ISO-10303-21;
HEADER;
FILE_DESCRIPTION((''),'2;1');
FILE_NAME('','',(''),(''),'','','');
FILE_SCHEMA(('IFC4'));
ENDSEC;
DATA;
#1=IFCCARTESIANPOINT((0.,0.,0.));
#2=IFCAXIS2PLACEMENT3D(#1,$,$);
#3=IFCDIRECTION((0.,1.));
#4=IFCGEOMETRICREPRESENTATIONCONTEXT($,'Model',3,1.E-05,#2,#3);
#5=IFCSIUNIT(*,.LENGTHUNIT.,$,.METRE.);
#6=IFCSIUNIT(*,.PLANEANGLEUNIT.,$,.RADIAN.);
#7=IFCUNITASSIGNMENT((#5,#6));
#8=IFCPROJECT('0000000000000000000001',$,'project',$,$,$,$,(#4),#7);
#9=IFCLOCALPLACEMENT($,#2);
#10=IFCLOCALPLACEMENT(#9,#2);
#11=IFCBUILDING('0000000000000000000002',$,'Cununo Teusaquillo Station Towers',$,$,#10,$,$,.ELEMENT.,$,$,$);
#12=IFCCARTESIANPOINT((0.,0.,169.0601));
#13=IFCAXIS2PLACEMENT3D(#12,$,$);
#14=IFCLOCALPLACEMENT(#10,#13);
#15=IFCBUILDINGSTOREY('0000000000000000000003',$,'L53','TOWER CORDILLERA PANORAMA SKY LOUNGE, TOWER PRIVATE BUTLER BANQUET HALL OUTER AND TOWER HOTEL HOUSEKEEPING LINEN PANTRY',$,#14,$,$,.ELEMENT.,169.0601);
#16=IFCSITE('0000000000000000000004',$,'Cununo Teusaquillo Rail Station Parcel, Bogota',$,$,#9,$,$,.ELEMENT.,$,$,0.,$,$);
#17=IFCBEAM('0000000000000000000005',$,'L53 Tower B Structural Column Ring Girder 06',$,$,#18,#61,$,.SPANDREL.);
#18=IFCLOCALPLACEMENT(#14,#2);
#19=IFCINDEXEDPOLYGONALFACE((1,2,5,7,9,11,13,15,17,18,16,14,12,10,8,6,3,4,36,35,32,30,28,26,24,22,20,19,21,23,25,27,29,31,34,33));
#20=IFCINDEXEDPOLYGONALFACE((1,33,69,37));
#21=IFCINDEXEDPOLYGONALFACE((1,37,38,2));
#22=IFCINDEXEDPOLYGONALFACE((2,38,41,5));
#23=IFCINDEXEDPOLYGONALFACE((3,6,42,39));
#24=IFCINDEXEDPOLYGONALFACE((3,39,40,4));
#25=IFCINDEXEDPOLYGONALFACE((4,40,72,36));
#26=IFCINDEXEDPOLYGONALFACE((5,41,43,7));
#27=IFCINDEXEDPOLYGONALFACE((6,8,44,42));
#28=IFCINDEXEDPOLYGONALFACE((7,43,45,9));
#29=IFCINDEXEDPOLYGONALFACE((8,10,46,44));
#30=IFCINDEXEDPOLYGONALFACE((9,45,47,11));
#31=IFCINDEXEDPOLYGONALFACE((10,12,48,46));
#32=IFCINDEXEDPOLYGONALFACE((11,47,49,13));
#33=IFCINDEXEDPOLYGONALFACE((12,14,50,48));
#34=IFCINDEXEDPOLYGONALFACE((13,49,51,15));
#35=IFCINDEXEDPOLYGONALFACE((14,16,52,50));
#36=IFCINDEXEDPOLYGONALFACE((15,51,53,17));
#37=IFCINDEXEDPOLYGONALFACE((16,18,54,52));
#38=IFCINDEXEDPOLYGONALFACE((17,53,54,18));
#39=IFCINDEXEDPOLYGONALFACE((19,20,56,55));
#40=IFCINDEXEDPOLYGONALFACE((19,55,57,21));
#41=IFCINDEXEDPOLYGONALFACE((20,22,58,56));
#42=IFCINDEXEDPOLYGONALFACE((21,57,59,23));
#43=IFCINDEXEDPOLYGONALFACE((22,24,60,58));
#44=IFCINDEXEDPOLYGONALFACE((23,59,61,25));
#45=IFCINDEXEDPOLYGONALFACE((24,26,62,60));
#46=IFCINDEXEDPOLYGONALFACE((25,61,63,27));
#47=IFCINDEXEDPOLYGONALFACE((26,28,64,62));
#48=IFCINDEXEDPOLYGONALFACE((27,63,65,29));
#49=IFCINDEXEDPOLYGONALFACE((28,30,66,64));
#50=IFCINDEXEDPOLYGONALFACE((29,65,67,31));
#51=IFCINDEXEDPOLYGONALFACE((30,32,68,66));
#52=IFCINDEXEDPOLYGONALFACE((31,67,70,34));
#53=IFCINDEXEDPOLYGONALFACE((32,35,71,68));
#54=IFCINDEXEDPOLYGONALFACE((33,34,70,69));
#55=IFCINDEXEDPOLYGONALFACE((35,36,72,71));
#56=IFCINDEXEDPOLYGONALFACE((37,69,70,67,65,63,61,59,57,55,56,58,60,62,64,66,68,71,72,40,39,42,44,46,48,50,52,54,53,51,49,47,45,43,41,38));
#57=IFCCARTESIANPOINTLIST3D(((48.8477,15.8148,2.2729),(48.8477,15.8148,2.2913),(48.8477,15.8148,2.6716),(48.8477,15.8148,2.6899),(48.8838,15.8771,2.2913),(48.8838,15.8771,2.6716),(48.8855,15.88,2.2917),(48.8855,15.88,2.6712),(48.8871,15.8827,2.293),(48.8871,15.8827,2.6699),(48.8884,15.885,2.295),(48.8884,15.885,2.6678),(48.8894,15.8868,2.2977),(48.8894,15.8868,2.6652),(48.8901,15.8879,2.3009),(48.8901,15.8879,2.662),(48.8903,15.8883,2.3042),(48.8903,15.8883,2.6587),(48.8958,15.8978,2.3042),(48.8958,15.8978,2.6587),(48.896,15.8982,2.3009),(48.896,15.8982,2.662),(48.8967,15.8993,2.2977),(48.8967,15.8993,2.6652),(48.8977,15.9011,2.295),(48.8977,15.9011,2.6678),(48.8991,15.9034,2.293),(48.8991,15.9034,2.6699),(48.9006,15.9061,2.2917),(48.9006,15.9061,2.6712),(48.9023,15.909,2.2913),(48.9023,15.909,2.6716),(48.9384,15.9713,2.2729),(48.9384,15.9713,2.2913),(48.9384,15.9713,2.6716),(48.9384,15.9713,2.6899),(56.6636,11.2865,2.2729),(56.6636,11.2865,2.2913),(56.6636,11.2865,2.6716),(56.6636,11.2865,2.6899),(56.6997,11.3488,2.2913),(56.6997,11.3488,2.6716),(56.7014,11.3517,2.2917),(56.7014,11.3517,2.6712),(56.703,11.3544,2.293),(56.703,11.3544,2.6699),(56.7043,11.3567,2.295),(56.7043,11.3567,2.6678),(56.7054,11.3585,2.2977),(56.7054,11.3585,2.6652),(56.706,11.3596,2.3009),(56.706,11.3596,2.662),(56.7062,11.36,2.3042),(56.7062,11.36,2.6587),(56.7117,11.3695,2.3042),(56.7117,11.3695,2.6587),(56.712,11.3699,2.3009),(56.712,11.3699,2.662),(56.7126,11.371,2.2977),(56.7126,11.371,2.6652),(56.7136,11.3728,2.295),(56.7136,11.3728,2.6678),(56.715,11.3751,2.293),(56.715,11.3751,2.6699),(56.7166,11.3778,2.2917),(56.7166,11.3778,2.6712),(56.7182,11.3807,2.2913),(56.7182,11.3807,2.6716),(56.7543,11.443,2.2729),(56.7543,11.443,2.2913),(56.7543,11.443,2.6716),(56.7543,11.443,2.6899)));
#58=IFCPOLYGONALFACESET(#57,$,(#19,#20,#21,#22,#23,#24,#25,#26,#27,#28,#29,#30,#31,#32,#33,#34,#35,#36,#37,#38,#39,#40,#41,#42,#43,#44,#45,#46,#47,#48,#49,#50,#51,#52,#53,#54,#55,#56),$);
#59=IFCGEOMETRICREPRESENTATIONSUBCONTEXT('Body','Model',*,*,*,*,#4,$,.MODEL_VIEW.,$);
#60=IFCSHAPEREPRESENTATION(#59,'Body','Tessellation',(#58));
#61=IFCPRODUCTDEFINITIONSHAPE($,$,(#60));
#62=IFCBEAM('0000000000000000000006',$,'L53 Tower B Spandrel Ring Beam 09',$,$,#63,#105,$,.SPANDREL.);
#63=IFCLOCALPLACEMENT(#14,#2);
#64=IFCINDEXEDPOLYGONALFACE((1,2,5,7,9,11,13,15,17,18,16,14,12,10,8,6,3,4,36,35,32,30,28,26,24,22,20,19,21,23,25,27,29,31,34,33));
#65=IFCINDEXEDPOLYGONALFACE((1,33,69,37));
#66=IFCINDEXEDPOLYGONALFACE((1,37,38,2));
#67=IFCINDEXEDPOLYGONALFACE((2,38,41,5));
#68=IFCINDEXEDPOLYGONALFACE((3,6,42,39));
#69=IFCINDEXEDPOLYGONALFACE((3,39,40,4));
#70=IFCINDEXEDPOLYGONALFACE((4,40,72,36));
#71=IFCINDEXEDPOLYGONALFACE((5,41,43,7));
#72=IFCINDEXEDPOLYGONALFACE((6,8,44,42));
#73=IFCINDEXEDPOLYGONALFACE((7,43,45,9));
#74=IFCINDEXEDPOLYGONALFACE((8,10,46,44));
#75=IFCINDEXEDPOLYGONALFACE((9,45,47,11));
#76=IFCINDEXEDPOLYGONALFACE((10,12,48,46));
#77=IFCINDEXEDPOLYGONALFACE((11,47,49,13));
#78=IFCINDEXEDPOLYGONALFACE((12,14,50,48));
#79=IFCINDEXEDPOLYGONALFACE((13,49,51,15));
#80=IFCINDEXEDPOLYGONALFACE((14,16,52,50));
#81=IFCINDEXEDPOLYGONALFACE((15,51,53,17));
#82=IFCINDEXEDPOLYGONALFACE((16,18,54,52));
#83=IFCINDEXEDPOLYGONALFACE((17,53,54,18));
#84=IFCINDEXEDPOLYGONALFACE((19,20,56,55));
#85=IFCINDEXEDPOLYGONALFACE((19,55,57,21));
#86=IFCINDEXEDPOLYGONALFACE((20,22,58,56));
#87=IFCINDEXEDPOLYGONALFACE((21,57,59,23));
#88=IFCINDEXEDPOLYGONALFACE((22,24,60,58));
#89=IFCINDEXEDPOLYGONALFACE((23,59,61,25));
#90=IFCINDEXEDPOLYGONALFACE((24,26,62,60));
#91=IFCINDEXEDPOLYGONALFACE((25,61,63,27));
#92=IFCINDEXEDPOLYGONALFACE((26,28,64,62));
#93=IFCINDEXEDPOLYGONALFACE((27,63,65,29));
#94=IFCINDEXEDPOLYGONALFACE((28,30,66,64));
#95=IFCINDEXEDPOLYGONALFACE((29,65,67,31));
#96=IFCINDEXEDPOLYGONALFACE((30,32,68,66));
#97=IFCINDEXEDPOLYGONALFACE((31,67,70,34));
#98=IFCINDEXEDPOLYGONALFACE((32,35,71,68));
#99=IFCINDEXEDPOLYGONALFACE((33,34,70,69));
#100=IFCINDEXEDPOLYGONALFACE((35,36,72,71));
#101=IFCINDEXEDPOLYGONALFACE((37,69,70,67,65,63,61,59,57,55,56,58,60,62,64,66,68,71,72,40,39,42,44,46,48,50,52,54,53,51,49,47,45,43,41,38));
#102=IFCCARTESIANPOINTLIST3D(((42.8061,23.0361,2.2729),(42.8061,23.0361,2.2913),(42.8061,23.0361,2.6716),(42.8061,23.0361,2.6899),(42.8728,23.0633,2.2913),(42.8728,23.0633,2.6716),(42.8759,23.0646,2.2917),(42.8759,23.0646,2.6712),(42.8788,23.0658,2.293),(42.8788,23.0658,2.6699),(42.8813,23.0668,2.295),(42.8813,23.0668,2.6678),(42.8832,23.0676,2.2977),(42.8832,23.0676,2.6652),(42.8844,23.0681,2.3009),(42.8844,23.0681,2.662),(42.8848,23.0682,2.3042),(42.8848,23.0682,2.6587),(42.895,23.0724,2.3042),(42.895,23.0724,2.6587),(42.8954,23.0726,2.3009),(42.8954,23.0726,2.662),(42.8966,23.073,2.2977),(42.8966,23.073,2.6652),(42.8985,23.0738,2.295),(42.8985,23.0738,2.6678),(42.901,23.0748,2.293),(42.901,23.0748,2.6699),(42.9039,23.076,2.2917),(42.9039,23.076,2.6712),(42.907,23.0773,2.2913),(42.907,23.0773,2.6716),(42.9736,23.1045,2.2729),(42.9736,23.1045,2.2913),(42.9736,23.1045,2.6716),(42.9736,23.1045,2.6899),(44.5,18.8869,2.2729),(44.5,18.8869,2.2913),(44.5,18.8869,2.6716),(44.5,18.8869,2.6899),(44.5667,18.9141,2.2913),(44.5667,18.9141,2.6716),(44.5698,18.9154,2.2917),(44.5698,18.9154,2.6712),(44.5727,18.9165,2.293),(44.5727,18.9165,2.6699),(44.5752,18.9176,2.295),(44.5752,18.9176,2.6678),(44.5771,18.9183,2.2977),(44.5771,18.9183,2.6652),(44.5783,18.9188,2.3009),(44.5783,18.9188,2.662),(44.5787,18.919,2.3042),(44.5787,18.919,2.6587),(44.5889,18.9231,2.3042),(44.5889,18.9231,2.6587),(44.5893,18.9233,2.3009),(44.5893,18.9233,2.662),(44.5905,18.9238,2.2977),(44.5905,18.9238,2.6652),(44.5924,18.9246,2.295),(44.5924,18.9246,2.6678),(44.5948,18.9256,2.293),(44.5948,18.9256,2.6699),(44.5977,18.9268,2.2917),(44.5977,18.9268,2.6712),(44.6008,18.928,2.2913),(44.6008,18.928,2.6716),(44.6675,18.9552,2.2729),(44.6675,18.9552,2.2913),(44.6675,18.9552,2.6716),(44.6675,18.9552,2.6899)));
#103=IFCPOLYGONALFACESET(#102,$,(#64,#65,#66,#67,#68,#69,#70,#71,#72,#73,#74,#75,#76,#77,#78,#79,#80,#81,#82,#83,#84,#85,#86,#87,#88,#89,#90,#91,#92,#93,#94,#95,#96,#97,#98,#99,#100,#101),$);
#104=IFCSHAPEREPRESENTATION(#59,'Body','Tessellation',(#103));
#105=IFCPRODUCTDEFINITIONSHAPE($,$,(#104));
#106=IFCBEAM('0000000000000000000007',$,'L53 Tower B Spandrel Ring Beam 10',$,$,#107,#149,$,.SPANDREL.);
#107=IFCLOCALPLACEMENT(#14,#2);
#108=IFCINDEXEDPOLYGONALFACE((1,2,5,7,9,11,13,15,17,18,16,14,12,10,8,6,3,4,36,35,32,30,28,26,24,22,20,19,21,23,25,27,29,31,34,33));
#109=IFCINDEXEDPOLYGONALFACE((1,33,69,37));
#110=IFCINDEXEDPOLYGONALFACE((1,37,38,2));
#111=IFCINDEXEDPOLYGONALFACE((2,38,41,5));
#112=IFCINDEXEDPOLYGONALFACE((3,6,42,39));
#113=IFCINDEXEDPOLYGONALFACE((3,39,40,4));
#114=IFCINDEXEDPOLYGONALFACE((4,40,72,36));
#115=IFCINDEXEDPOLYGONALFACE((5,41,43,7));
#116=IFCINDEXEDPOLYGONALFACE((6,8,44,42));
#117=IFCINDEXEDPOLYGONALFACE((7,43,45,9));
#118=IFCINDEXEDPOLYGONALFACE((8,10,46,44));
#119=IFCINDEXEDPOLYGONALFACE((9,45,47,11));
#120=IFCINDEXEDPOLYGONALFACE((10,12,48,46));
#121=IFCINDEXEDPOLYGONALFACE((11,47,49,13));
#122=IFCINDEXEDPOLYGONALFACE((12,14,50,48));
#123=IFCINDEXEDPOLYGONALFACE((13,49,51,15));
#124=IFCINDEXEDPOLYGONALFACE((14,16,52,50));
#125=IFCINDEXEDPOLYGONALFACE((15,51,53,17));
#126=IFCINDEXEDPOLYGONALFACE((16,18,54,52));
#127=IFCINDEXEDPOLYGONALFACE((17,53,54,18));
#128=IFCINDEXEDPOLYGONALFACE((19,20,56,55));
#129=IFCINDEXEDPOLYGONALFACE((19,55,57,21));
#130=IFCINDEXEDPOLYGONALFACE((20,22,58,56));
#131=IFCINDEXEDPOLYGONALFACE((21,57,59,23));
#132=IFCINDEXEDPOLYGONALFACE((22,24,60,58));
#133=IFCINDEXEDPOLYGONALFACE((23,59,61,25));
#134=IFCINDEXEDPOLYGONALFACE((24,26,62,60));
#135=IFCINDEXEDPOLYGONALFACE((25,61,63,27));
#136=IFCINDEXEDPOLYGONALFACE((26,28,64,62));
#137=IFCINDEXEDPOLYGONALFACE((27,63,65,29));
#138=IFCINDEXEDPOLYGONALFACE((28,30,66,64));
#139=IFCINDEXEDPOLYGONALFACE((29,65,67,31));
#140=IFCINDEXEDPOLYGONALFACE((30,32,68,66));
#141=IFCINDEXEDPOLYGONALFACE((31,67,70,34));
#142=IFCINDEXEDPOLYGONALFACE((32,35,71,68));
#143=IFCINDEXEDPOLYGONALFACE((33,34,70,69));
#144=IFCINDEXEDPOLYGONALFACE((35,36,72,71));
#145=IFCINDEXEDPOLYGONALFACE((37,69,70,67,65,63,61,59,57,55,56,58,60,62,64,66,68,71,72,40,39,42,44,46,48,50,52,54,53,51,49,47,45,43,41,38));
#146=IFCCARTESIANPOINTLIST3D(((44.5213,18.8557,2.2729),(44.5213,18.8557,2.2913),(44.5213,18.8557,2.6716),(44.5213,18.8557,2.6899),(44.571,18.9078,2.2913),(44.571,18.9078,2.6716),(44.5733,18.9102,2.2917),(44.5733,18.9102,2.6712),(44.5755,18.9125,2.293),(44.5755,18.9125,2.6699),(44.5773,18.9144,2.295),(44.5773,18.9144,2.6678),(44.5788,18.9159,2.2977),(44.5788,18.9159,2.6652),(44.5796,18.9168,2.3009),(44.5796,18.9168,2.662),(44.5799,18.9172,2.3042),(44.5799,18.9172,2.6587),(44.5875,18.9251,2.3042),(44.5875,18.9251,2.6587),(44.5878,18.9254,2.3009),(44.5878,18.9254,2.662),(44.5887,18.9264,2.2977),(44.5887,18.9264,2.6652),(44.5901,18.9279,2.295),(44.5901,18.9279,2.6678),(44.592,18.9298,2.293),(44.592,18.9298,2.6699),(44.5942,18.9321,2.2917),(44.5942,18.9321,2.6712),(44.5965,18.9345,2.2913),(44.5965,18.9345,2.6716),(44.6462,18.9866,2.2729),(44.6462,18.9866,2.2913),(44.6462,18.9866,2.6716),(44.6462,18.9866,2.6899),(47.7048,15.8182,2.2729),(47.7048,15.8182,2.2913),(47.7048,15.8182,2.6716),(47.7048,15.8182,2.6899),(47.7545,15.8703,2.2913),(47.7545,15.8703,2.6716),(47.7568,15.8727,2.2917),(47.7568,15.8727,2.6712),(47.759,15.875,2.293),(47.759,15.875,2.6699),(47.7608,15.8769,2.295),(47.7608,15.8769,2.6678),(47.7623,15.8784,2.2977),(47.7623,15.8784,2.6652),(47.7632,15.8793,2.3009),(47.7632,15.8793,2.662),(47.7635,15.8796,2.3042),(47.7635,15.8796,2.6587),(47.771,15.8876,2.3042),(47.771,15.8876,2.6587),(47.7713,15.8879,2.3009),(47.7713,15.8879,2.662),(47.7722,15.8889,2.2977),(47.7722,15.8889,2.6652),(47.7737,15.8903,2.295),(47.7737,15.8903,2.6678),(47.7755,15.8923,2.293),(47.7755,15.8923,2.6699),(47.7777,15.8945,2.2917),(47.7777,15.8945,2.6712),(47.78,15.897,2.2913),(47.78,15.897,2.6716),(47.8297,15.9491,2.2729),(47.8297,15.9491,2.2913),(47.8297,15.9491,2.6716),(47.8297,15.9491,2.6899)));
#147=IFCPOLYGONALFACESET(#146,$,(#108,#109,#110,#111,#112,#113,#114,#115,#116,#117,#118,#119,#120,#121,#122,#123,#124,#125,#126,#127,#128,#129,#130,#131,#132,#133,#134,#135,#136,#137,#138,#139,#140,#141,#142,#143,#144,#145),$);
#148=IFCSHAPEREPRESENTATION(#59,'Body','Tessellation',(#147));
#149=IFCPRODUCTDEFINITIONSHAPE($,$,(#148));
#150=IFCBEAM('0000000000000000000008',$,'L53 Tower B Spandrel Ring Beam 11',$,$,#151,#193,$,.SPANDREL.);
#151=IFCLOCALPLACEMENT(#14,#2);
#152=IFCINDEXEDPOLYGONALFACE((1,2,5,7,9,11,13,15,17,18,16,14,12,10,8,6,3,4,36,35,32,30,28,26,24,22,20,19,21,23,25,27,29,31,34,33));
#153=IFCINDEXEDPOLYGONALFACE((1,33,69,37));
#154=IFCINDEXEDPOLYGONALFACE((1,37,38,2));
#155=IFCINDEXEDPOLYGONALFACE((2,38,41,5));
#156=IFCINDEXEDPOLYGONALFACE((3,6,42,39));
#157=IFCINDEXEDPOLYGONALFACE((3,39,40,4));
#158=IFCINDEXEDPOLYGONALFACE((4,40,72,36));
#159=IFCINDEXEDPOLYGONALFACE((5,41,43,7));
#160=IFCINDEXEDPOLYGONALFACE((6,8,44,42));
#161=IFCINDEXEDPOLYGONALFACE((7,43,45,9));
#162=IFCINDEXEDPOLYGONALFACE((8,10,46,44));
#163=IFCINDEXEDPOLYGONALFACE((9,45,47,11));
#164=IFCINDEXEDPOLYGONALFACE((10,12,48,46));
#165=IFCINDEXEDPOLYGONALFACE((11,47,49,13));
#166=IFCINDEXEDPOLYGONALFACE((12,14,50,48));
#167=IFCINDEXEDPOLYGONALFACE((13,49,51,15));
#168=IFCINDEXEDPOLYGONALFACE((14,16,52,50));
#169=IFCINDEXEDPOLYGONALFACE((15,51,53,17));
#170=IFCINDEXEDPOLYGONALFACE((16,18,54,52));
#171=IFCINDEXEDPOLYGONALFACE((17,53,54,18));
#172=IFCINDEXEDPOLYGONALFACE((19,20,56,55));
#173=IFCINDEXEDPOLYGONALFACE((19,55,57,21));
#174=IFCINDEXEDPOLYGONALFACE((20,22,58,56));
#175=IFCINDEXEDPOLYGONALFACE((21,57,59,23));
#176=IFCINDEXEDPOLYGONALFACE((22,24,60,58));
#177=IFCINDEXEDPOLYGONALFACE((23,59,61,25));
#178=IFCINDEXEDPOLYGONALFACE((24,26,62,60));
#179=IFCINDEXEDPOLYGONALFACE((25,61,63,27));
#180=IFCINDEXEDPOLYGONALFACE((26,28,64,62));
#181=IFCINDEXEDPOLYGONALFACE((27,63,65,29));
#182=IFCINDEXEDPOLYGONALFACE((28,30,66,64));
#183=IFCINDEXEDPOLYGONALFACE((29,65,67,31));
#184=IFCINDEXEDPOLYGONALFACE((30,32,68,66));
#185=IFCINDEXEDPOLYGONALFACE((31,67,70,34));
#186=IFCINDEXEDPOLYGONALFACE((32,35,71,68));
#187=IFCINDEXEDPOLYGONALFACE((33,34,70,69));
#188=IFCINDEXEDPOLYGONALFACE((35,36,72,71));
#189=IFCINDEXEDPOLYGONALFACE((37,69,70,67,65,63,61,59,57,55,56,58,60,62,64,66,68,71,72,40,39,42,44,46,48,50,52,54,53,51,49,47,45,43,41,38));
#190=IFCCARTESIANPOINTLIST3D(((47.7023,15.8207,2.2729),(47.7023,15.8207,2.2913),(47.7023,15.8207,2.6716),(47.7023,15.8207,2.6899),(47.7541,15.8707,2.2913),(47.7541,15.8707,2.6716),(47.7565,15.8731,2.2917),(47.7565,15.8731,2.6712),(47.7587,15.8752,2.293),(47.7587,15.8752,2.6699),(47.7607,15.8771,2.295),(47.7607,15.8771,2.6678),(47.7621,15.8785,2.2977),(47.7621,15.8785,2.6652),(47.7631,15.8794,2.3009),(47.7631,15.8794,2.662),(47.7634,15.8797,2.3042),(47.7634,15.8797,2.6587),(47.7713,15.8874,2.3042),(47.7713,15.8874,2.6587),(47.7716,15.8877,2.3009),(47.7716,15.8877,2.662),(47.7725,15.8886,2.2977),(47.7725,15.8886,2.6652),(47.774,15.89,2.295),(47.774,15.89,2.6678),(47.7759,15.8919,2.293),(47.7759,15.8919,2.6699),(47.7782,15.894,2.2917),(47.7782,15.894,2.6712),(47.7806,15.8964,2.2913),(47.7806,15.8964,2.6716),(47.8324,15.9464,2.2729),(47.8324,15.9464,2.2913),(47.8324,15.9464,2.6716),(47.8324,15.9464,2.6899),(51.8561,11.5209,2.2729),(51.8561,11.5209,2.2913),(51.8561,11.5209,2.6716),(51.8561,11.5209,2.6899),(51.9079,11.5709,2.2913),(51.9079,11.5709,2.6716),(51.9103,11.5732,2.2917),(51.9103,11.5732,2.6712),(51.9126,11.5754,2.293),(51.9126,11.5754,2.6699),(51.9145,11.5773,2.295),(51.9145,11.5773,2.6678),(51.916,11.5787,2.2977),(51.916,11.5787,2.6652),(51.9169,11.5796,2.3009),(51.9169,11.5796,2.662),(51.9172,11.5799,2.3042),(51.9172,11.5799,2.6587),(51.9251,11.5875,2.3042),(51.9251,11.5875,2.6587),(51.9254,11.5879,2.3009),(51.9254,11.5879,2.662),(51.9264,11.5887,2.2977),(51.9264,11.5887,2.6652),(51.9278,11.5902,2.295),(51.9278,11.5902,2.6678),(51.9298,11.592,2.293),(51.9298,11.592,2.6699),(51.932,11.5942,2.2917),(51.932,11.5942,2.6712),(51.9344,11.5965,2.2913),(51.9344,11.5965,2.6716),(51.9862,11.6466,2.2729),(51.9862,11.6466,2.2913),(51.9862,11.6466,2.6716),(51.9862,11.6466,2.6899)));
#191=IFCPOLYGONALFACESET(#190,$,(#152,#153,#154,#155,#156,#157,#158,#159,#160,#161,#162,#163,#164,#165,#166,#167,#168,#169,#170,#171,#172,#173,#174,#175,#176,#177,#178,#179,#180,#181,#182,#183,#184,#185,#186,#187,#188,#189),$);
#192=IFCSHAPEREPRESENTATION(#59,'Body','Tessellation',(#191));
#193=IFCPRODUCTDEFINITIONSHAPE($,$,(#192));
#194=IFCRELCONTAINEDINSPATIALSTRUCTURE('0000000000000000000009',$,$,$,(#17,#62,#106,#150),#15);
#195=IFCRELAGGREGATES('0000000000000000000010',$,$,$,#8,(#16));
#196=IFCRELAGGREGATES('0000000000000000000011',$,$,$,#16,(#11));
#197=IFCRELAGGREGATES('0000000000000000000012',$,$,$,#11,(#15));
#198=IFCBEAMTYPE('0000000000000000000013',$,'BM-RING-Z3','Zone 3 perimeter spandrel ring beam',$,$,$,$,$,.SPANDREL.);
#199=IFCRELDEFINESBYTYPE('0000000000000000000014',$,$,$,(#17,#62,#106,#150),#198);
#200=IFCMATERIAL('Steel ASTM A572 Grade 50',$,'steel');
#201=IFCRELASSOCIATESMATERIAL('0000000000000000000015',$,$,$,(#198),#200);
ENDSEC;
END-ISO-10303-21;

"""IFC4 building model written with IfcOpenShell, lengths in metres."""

from ifc_helpers import new_model, si_unit, direction, frame, origin, origin_2d, place, context, subcontext, project, spatial, i_section, extrude, material, material_profile, profile_set, type_object, element, save


model = new_model("IFC4")

# Units and contexts
model_context = context("Model", 3, precision=1e-05, world=origin(), true_north=direction((0.0, 1.0)))
body_context = subcontext(model_context, "Body", "Model", "MODEL_VIEW")
ifc_project = project(units=[si_unit("LENGTHUNIT", "METRE"), si_unit("PLANEANGLEUNIT", "RADIAN")], contexts=[model_context])

# Site, building, storey
site_placement = place(None, origin())
site = spatial("IfcSite", under=ifc_project, at=site_placement, Name="Cununo Teusaquillo Rail Station Parcel, Bogota", CompositionType="ELEMENT", RefElevation=0.0)
building_placement = place(site_placement, origin())
building = spatial("IfcBuilding", under=site, at=building_placement, Name="Cununo Teusaquillo Station Towers", CompositionType="ELEMENT")
storey_placement = place(building_placement, frame((0.0, 0.0, 169.0601)))
storey = spatial("IfcBuildingStorey", under=building, at=storey_placement, Name="L53", Description="TOWER CORDILLERA PANORAMA SKY LOUNGE, TOWER PRIVATE BUTLER BANQUET HALL OUTER AND TOWER HOTEL HOUSEKEEPING LINEN PANTRY", CompositionType="ELEMENT", Elevation=169.0601)

# Beams
ifc_material_1 = material(Name="Steel ASTM A572 Grade 50", Category="steel")
ifc_material_profile_1 = material_profile(ifc_material_1, i_section(OverallWidth=0.1809, OverallDepth=0.417, WebThickness=0.011, FlangeThickness=0.0183, FilletRadius=0.0129, at=origin_2d()), Name="W16X57")
ifc_profile_set_1 = profile_set([ifc_material_profile_1], Name="Steel ASTM A572 Grade 50")
beam_type_1 = type_object("IfcBeamType", Name="BM-RING-Z3", Description="Zone 3 perimeter spandrel ring beam", PredefinedType="SPANDREL", material=ifc_profile_set_1)
for number, where, z_axis, x_axis, name in (
    (1, (48.8931, 15.8931, 2.4814), (0.865267, -0.501311, 0.0), (0.501311, 0.865267, 0.0), "L53 Tower B Structural Column Ring Girder 06"),
):
    element("IfcBeam", number, at=place(storey_placement, frame(where, z_axis=z_axis, x_axis=x_axis)), inside=storey, type_object=beam_type_1, Name=name, PredefinedType="SPANDREL", context=body_context, shape_type="SweptSolid", body=[
        extrude(i_section(OverallWidth=0.1809, OverallDepth=0.417, WebThickness=0.011, FlangeThickness=0.0183, FilletRadius=0.0129, at=origin_2d()), origin(), (0.0, 0.0, 1.0), 9.033),
    ])
beam_1_placement = place(storey_placement, frame((42.8899, 23.0703, 2.4814), z_axis=(0.377956, -0.925824, 0.0), x_axis=(0.925824, 0.377956, 0.0)))
element("IfcBeam", 2, at=beam_1_placement, inside=storey, type_object=beam_type_1, Name="L53 Tower B Spandrel Ring Beam 09", PredefinedType="SPANDREL", context=body_context, shape_type="SweptSolid", body=[
    extrude(i_section(OverallWidth=0.1809, OverallDepth=0.417, WebThickness=0.011, FlangeThickness=0.0183, FilletRadius=0.0129, at=origin_2d()), origin(), (0.0, 0.0, 1.0), 4.4817),
])
beam_2_placement = place(storey_placement, frame((44.5837, 18.9211, 2.4814), z_axis=(0.723502, -0.690323, 0.0), x_axis=(0.690323, 0.723502, 0.0)))
element("IfcBeam", 3, at=beam_2_placement, inside=storey, type_object=beam_type_1, Name="L53 Tower B Spandrel Ring Beam 10", PredefinedType="SPANDREL", context=body_context, shape_type="SweptSolid", body=[
    extrude(i_section(OverallWidth=0.1809, OverallDepth=0.417, WebThickness=0.011, FlangeThickness=0.0183, FilletRadius=0.0129, at=origin_2d()), origin(), (0.0, 0.0, 1.0), 4.4001),
])
beam_3_placement = place(storey_placement, frame((47.7673, 15.8835, 2.4814), z_axis=(0.694791, -0.719211, 0.0), x_axis=(0.719211, 0.694791, 0.0)))
element("IfcBeam", 4, at=beam_3_placement, inside=storey, type_object=beam_type_1, Name="L53 Tower B Spandrel Ring Beam 11", PredefinedType="SPANDREL", context=body_context, shape_type="SweptSolid", body=[
    extrude(i_section(OverallWidth=0.1809, OverallDepth=0.417, WebThickness=0.011, FlangeThickness=0.0183, FilletRadius=0.0129, at=origin_2d()), origin(), (0.0, 0.0, 1.0), 5.9785),
])

save(model, "model.ifc")
